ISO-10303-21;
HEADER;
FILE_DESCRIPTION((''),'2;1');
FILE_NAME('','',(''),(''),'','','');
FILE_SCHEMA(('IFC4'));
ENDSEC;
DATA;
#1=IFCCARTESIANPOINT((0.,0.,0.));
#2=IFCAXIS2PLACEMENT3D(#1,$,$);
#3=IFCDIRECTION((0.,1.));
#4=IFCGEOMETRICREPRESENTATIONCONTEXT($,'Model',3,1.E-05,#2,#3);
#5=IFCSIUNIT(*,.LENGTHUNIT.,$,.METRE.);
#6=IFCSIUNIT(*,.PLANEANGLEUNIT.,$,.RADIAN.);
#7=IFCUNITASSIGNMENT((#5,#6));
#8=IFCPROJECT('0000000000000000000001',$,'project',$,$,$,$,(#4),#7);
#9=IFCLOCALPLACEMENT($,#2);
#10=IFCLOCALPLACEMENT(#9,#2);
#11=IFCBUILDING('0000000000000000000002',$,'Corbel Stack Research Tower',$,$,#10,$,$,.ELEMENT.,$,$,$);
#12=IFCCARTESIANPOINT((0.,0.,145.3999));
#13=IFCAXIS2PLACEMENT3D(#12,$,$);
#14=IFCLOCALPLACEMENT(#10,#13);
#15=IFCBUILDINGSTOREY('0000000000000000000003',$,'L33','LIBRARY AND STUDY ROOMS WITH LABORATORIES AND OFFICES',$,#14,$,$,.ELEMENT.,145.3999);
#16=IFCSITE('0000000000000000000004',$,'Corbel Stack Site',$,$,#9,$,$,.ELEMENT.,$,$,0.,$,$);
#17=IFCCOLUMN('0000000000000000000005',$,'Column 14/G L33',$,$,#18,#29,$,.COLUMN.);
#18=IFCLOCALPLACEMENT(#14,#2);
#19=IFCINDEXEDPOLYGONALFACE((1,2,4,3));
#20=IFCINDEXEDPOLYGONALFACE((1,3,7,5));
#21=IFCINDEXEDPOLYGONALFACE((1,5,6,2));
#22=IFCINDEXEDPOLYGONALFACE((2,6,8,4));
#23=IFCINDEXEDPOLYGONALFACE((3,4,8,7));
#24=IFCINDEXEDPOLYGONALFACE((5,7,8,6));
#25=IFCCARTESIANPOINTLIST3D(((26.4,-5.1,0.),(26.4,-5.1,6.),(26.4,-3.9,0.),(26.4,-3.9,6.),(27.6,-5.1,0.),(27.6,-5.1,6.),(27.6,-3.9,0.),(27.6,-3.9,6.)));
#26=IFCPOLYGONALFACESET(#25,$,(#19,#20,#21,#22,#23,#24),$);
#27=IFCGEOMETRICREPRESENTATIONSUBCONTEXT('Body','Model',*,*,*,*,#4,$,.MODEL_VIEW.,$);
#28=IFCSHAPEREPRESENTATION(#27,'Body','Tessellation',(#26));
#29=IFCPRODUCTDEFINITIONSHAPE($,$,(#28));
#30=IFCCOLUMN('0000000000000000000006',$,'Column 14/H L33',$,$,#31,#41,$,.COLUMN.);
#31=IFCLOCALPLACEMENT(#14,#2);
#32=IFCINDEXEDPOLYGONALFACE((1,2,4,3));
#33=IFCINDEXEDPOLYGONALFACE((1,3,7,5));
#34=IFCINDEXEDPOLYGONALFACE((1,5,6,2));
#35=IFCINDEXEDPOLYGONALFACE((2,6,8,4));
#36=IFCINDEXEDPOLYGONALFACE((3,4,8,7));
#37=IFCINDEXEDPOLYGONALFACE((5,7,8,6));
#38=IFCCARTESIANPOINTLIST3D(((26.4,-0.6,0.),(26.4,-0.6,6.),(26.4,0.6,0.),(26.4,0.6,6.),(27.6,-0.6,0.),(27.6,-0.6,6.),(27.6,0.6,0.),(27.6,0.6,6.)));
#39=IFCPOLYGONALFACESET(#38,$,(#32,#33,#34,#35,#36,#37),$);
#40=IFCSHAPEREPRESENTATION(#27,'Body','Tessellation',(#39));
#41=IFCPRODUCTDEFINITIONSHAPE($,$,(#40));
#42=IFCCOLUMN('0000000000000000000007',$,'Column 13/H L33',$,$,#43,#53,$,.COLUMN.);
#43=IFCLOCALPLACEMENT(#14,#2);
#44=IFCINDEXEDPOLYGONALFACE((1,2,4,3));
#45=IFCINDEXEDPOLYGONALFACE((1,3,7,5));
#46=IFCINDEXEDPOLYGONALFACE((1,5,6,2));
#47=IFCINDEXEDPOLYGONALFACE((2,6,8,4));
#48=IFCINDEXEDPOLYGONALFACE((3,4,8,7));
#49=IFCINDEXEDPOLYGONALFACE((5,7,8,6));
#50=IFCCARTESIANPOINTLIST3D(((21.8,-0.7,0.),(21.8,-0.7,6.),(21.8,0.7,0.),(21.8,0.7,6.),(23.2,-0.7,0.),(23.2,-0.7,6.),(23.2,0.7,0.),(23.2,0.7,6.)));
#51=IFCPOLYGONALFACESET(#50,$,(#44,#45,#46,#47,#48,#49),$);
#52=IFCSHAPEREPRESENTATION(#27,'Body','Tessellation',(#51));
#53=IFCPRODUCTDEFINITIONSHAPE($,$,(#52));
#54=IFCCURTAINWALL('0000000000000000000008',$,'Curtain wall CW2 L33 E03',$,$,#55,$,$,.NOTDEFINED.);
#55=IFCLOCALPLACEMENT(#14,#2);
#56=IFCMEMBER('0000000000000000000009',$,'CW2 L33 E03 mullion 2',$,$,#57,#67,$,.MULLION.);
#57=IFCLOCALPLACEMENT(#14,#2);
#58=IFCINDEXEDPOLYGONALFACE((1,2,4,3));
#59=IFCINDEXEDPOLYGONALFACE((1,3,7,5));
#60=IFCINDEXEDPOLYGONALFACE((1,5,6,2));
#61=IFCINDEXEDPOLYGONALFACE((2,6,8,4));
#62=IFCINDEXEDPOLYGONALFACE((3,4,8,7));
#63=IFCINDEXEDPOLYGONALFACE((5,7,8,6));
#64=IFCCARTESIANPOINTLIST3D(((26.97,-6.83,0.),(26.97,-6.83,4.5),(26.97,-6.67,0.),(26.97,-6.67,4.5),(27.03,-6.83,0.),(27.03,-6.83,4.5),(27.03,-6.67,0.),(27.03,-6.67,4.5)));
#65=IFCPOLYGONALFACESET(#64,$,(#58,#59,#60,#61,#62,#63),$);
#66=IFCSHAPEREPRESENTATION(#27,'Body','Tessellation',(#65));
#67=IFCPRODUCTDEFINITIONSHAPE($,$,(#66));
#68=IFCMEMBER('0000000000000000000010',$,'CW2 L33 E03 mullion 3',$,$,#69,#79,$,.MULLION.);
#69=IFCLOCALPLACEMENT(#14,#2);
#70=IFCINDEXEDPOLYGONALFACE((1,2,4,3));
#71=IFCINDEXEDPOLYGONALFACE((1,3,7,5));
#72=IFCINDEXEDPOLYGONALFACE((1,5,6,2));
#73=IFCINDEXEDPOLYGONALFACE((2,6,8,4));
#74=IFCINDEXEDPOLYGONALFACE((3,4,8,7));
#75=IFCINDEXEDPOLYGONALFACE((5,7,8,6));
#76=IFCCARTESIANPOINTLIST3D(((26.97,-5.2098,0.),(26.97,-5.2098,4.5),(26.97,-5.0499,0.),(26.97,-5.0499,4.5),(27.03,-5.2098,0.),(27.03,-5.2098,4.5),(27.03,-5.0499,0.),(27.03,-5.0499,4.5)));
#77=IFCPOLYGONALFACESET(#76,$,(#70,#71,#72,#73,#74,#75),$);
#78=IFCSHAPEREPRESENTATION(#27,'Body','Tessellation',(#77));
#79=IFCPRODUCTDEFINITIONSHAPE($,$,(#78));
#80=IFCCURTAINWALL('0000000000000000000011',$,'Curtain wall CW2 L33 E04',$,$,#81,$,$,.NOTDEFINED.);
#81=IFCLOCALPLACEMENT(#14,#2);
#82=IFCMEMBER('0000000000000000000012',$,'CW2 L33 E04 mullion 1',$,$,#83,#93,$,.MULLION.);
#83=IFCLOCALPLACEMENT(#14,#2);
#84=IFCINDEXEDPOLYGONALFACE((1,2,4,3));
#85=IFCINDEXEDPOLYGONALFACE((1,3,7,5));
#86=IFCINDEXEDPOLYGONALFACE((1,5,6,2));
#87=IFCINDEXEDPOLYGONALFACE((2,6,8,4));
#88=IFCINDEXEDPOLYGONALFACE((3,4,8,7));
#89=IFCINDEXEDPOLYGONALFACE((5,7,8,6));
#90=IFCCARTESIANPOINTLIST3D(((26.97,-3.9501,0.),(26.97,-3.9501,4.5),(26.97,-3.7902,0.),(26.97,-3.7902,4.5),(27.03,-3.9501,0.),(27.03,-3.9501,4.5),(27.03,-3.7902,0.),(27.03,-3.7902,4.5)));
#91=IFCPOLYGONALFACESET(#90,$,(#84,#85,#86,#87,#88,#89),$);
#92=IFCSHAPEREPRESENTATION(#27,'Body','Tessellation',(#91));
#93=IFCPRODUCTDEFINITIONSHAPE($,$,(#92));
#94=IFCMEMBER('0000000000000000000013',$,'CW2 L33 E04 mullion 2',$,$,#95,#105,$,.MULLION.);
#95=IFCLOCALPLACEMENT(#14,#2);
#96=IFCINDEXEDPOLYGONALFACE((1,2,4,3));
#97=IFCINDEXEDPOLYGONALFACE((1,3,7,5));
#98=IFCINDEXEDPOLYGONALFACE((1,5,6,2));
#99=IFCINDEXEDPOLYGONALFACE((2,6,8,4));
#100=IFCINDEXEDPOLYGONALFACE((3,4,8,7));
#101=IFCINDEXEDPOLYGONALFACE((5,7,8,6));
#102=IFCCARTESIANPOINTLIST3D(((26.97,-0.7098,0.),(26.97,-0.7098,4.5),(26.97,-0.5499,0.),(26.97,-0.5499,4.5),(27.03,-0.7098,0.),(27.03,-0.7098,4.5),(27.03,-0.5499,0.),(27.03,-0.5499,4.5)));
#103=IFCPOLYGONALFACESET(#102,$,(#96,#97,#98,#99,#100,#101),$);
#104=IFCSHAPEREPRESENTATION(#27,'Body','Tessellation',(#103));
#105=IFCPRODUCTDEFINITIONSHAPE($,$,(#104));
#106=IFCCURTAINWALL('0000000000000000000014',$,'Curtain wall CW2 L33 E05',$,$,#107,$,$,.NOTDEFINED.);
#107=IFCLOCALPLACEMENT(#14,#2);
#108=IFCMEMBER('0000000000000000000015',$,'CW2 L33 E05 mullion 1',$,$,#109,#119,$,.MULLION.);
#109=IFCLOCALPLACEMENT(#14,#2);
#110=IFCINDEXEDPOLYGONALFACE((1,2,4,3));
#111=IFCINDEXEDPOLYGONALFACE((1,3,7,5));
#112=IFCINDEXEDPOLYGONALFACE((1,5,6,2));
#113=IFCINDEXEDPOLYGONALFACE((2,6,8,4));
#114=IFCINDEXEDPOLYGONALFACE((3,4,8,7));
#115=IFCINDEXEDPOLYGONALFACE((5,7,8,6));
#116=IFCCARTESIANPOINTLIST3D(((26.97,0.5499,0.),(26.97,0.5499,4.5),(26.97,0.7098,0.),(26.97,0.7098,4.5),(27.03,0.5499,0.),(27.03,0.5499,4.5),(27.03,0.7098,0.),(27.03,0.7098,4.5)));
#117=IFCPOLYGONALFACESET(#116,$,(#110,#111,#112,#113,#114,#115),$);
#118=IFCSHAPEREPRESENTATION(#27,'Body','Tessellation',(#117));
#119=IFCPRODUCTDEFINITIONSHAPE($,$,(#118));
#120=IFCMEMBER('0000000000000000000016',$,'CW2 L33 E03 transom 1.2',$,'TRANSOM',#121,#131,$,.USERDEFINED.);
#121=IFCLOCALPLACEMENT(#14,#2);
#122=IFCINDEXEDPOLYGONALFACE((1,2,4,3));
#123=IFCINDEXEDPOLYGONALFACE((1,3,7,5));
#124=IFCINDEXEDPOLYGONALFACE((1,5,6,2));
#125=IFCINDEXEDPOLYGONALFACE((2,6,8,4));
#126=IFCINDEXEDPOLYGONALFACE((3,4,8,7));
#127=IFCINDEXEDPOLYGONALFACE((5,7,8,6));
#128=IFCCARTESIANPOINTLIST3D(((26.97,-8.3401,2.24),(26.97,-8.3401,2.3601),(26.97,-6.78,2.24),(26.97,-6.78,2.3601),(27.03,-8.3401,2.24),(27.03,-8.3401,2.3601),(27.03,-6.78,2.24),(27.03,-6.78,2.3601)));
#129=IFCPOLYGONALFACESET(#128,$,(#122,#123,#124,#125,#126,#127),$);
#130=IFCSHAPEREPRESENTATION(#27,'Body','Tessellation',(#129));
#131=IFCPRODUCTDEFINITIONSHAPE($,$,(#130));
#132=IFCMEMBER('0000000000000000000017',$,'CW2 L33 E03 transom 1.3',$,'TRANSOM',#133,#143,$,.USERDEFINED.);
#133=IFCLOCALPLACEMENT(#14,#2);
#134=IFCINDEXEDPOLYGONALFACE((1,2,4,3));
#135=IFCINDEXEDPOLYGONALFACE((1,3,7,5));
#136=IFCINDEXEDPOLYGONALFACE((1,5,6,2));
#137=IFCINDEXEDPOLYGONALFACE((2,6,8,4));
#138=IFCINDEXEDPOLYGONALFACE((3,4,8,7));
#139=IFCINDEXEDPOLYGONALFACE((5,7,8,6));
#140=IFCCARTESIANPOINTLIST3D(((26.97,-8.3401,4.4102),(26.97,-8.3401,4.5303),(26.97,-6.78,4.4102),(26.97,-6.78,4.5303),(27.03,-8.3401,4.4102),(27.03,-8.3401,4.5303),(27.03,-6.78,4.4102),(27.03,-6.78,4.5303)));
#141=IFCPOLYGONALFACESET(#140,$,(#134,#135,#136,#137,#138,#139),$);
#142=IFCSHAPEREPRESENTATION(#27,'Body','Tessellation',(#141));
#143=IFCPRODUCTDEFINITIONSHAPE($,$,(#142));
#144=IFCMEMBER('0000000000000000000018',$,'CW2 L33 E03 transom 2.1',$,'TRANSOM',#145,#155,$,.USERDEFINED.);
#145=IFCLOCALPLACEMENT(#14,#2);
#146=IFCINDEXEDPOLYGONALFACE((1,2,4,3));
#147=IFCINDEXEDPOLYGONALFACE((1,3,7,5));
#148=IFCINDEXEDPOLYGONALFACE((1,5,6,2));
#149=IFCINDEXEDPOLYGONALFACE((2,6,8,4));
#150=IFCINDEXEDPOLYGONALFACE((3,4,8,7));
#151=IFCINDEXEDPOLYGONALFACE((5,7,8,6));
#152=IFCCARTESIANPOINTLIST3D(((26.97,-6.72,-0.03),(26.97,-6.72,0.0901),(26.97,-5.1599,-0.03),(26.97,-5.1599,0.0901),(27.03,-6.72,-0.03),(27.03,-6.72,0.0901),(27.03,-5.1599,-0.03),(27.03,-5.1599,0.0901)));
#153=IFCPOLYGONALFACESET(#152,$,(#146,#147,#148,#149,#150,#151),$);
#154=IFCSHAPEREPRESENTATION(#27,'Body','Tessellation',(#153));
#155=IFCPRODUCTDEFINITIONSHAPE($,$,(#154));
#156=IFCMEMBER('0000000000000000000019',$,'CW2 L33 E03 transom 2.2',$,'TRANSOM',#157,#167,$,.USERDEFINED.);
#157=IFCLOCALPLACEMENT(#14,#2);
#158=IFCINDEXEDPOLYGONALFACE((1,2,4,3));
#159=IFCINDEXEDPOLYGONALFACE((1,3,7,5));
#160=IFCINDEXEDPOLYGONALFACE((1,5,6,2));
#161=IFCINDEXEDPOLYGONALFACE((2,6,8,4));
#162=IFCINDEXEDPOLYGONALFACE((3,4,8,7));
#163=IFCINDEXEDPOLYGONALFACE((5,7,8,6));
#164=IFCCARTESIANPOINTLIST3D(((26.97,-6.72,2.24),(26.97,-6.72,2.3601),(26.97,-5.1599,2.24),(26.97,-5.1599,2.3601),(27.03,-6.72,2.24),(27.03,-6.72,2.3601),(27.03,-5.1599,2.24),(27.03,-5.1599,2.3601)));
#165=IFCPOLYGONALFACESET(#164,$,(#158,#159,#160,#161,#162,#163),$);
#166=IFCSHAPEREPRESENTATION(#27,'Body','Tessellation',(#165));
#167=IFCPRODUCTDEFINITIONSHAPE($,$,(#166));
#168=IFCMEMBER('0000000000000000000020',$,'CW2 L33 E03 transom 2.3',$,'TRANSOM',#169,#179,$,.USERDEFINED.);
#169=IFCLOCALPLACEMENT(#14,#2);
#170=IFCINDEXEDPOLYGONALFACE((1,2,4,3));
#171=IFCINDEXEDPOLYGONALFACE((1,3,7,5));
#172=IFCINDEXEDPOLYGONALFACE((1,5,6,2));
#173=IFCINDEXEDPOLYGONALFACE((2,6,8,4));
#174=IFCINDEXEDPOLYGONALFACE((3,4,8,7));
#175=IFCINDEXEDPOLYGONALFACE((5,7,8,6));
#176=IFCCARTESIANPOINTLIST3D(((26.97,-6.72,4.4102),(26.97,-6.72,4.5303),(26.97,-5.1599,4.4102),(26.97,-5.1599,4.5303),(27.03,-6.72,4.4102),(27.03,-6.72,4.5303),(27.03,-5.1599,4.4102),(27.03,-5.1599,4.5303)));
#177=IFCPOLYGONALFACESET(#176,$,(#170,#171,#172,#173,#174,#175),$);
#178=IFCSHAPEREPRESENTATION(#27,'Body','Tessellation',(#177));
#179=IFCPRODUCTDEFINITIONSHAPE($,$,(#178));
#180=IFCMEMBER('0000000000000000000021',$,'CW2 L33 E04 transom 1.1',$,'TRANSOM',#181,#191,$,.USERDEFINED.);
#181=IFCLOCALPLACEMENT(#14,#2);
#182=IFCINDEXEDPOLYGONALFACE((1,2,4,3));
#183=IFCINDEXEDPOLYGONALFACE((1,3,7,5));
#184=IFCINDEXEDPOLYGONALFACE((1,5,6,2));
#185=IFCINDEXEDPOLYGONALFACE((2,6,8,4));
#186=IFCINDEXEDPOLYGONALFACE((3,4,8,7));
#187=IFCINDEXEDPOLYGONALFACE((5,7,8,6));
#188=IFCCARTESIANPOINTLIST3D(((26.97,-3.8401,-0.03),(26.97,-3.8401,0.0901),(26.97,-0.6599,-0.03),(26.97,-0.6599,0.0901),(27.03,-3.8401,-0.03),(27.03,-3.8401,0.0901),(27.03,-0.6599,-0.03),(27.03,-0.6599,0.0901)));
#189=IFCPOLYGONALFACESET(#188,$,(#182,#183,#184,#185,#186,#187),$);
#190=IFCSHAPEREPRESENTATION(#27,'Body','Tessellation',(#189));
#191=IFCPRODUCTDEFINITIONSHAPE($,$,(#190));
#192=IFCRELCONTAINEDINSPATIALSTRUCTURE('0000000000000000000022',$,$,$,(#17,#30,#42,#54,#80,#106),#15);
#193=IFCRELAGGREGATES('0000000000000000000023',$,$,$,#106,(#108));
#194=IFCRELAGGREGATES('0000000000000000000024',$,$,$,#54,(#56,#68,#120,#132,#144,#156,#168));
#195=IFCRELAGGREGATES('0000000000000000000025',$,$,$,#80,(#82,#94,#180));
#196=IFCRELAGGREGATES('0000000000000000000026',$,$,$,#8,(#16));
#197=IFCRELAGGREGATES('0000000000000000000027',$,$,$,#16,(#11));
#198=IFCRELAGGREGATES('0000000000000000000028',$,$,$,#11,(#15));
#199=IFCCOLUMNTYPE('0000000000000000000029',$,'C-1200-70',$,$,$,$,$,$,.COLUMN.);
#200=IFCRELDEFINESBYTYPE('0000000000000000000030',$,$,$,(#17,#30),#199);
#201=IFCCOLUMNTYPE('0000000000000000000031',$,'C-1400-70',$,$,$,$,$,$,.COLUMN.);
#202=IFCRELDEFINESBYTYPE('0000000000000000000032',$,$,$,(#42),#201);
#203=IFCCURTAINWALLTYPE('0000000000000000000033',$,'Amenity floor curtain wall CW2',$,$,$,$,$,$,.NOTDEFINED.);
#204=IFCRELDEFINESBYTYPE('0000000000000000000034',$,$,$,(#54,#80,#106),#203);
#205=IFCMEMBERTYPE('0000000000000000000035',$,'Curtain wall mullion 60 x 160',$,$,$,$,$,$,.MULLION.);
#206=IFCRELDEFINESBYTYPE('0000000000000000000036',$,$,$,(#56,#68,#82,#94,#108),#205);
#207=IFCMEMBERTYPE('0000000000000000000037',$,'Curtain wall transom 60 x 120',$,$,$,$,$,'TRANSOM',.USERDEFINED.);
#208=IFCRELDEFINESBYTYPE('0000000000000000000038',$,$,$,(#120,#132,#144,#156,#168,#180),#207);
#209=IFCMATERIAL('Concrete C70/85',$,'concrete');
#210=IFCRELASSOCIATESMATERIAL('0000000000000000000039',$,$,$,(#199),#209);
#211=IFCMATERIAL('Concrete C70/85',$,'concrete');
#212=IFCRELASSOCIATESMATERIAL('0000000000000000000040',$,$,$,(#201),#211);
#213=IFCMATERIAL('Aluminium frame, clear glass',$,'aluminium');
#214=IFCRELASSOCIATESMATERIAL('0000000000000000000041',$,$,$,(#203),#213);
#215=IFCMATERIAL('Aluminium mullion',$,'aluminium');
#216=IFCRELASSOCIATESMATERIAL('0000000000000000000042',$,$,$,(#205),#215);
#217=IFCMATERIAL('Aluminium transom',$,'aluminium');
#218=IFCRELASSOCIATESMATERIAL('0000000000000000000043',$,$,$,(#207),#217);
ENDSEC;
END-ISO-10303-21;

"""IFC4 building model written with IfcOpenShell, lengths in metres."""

from ifc_helpers import new_model, si_unit, direction, frame, origin, origin_2d, place, context, subcontext, project, spatial, rectangle, extrude, material, material_profile, profile_set, type_object, element, aggregate, save


model = new_model("IFC4")

# Units and contexts
model_context = context("Model", 3, precision=1e-05, world=origin(), true_north=direction((0.0, 1.0)))
body_context = subcontext(model_context, "Body", "Model", "MODEL_VIEW")
ifc_project = project(units=[si_unit("LENGTHUNIT", "METRE"), si_unit("PLANEANGLEUNIT", "RADIAN")], contexts=[model_context])

# Site, building, storey
site_placement = place(None, origin())
site = spatial("IfcSite", under=ifc_project, at=site_placement, Name="Corbel Stack Site", CompositionType="ELEMENT", RefElevation=0.0)
building_placement = place(site_placement, origin())
building = spatial("IfcBuilding", under=site, at=building_placement, Name="Corbel Stack Research Tower", CompositionType="ELEMENT")
storey_placement = place(building_placement, frame((0.0, 0.0, 145.3999)))
storey = spatial("IfcBuildingStorey", under=building, at=storey_placement, Name="L33", Description="LIBRARY AND STUDY ROOMS WITH LABORATORIES AND OFFICES", CompositionType="ELEMENT", Elevation=145.3999)

# Columns
ifc_material_1 = material(Name="Concrete C70/85", Category="concrete")
ifc_material_profile_1 = material_profile(ifc_material_1, rectangle(XDim=1.2, YDim=1.2, at=origin_2d()), Name="RC 1200 x 1200")
ifc_profile_set_1 = profile_set([ifc_material_profile_1], Name="Concrete C70/85")
column_type_1 = type_object("IfcColumnType", Name="C-1200-70", PredefinedType="COLUMN", material=ifc_profile_set_1)
for number, where, z_axis, x_axis, name in (
    (1, (27.0, -4.5, 0.0), (0.0, 0.0, 1.0), (1.0, 0.0, 0.0), "Column 14/G L33"),
    (2, (27.0, 0.0, 0.0), (0.0, 0.0, 1.0), (1.0, 0.0, 0.0), "Column 14/H L33"),
):
    element("IfcColumn", number, at=place(storey_placement, frame(where, z_axis=z_axis, x_axis=x_axis)), inside=storey, type_object=column_type_1, Name=name, PredefinedType="COLUMN", context=body_context, shape_type="SweptSolid", body=[
        extrude(rectangle(XDim=1.2, YDim=1.2, at=origin_2d()), origin(), (0.0, 0.0, 1.0), 6.0),
    ])
ifc_material_2 = material(Name="Concrete C70/85", Category="concrete")
ifc_material_profile_2 = material_profile(ifc_material_2, rectangle(XDim=1.3999, YDim=1.3999, at=origin_2d()), Name="RC 1400 x 1400")
ifc_profile_set_2 = profile_set([ifc_material_profile_2], Name="Concrete C70/85")
column_type_2 = type_object("IfcColumnType", Name="C-1400-70", PredefinedType="COLUMN", material=ifc_profile_set_2)
column_placement = place(storey_placement, frame((22.5, 0.0, 0.0), z_axis=(0.0, 0.0, 1.0), x_axis=(1.0, 0.0, 0.0)))
element("IfcColumn", 3, at=column_placement, inside=storey, type_object=column_type_2, Name="Column 13/H L33", PredefinedType="COLUMN", context=body_context, shape_type="SweptSolid", body=[
    extrude(rectangle(XDim=1.3999, YDim=1.3999, at=origin_2d()), origin(), (0.0, 0.0, 1.0), 6.0),
])

# Curtain walls, members
ifc_material_3 = material(Name="Aluminium frame, clear glass", Category="aluminium")
curtain_wall_type = type_object("IfcCurtainWallType", Name="Amenity floor curtain wall CW2", PredefinedType="NOTDEFINED", material=ifc_material_3)
curtain_wall_1_placement = place(storey_placement, origin())
curtain_wall_1 = element("IfcCurtainWall", 4, at=curtain_wall_1_placement, inside=storey, type_object=curtain_wall_type, Name="Curtain wall CW2 L33 E03", PredefinedType="NOTDEFINED")
ifc_material_4 = material(Name="Aluminium mullion", Category="aluminium")
ifc_material_profile_3 = material_profile(ifc_material_4, rectangle(XDim=0.0601, YDim=0.1599, at=origin_2d()), Name="Mullion 60 x 160")
ifc_profile_set_3 = profile_set([ifc_material_profile_3], Name="Aluminium mullion")
member_type_1 = type_object("IfcMemberType", Name="Curtain wall mullion 60 x 160", PredefinedType="MULLION", material=ifc_profile_set_3)
member_1_placement = place(storey_placement, frame((27.0, -6.75, 0.0), z_axis=(0.0, 0.0, 1.0), x_axis=(-1.0, 0.0, 0.0)))
member_1 = element("IfcMember", 5, at=member_1_placement, type_object=member_type_1, Name="CW2 L33 E03 mullion 2", PredefinedType="MULLION", context=body_context, shape_type="SweptSolid", body=[
    extrude(rectangle(XDim=0.0601, YDim=0.1599, at=origin_2d()), origin(), (0.0, 0.0, 1.0), 4.5),
])
member_2_placement = place(storey_placement, frame((27.0, -5.1299, 0.0), z_axis=(0.0, 0.0, 1.0), x_axis=(-1.0, 0.0, 0.0)))
member_2 = element("IfcMember", 6, at=member_2_placement, type_object=member_type_1, Name="CW2 L33 E03 mullion 3", PredefinedType="MULLION", context=body_context, shape_type="SweptSolid", body=[
    extrude(rectangle(XDim=0.0601, YDim=0.1599, at=origin_2d()), origin(), (0.0, 0.0, 1.0), 4.5),
])
curtain_wall_2_placement = place(storey_placement, origin())
curtain_wall_2 = element("IfcCurtainWall", 7, at=curtain_wall_2_placement, inside=storey, type_object=curtain_wall_type, Name="Curtain wall CW2 L33 E04", PredefinedType="NOTDEFINED")
member_3_placement = place(storey_placement, frame((27.0, -3.8701, 0.0), z_axis=(0.0, 0.0, 1.0), x_axis=(-1.0, 0.0, 0.0)))
member_3 = element("IfcMember", 8, at=member_3_placement, type_object=member_type_1, Name="CW2 L33 E04 mullion 1", PredefinedType="MULLION", context=body_context, shape_type="SweptSolid", body=[
    extrude(rectangle(XDim=0.0601, YDim=0.1599, at=origin_2d()), origin(), (0.0, 0.0, 1.0), 4.5),
])
member_4_placement = place(storey_placement, frame((27.0, -0.6299, 0.0), z_axis=(0.0, 0.0, 1.0), x_axis=(-1.0, 0.0, 0.0)))
member_4 = element("IfcMember", 9, at=member_4_placement, type_object=member_type_1, Name="CW2 L33 E04 mullion 2", PredefinedType="MULLION", context=body_context, shape_type="SweptSolid", body=[
    extrude(rectangle(XDim=0.0601, YDim=0.1599, at=origin_2d()), origin(), (0.0, 0.0, 1.0), 4.5),
])

# Curtain wall, member
curtain_wall_3_placement = place(storey_placement, origin())
curtain_wall_3 = element("IfcCurtainWall", 10, at=curtain_wall_3_placement, inside=storey, type_object=curtain_wall_type, Name="Curtain wall CW2 L33 E05", PredefinedType="NOTDEFINED")
member_5_placement = place(storey_placement, frame((27.0, 0.6299, 0.0), z_axis=(0.0, 0.0, 1.0), x_axis=(-1.0, 0.0, 0.0)))
member_5 = element("IfcMember", 11, at=member_5_placement, type_object=member_type_1, Name="CW2 L33 E05 mullion 1", PredefinedType="MULLION", context=body_context, shape_type="SweptSolid", body=[
    extrude(rectangle(XDim=0.0601, YDim=0.1599, at=origin_2d()), origin(), (0.0, 0.0, 1.0), 4.5),
])

# Members
ifc_material_5 = material(Name="Aluminium transom", Category="aluminium")
ifc_material_profile_4 = material_profile(ifc_material_5, rectangle(XDim=0.0601, YDim=0.1201, at=origin_2d()), Name="Transom 60 x 120")
ifc_profile_set_4 = profile_set([ifc_material_profile_4], Name="Aluminium transom")
member_type_2 = type_object("IfcMemberType", Name="Curtain wall transom 60 x 120", ElementType="TRANSOM", PredefinedType="USERDEFINED", material=ifc_profile_set_4)
member_6_placement = place(storey_placement, frame((27.0, -8.3401, 2.3), z_axis=(0.0, 1.0, 0.0), x_axis=(-1.0, 0.0, 0.0)))
member_6 = element("IfcMember", 12, at=member_6_placement, type_object=member_type_2, Name="CW2 L33 E03 transom 1.2", ObjectType="TRANSOM", PredefinedType="USERDEFINED", context=body_context, shape_type="SweptSolid", body=[
    extrude(rectangle(XDim=0.0601, YDim=0.1201, at=origin_2d()), origin(), (0.0, 0.0, 1.0), 1.5601),
])
member_7_placement = place(storey_placement, frame((27.0, -8.3401, 4.4702), z_axis=(0.0, 1.0, 0.0), x_axis=(-1.0, 0.0, 0.0)))
member_7 = element("IfcMember", 13, at=member_7_placement, type_object=member_type_2, Name="CW2 L33 E03 transom 1.3", ObjectType="TRANSOM", PredefinedType="USERDEFINED", context=body_context, shape_type="SweptSolid", body=[
    extrude(rectangle(XDim=0.0601, YDim=0.1201, at=origin_2d()), origin(), (0.0, 0.0, 1.0), 1.5601),
])
member_8_placement = place(storey_placement, frame((27.0, -6.72, 0.03), z_axis=(0.0, 1.0, 0.0), x_axis=(-1.0, 0.0, 0.0)))
member_8 = element("IfcMember", 14, at=member_8_placement, type_object=member_type_2, Name="CW2 L33 E03 transom 2.1", ObjectType="TRANSOM", PredefinedType="USERDEFINED", context=body_context, shape_type="SweptSolid", body=[
    extrude(rectangle(XDim=0.0601, YDim=0.1201, at=origin_2d()), origin(), (0.0, 0.0, 1.0), 1.5601),
])
member_9_placement = place(storey_placement, frame((27.0, -6.72, 2.3), z_axis=(0.0, 1.0, 0.0), x_axis=(-1.0, 0.0, 0.0)))
member_9 = element("IfcMember", 15, at=member_9_placement, type_object=member_type_2, Name="CW2 L33 E03 transom 2.2", ObjectType="TRANSOM", PredefinedType="USERDEFINED", context=body_context, shape_type="SweptSolid", body=[
    extrude(rectangle(XDim=0.0601, YDim=0.1201, at=origin_2d()), origin(), (0.0, 0.0, 1.0), 1.5601),
])
member_10_placement = place(storey_placement, frame((27.0, -6.72, 4.4702), z_axis=(0.0, 1.0, 0.0), x_axis=(-1.0, 0.0, 0.0)))
member_10 = element("IfcMember", 16, at=member_10_placement, type_object=member_type_2, Name="CW2 L33 E03 transom 2.3", ObjectType="TRANSOM", PredefinedType="USERDEFINED", context=body_context, shape_type="SweptSolid", body=[
    extrude(rectangle(XDim=0.0601, YDim=0.1201, at=origin_2d()), origin(), (0.0, 0.0, 1.0), 1.5601),
])
member_11_placement = place(storey_placement, frame((27.0, -3.8401, 0.03), z_axis=(0.0, 1.0, 0.0), x_axis=(-1.0, 0.0, 0.0)))
member_11 = element("IfcMember", 17, at=member_11_placement, type_object=member_type_2, Name="CW2 L33 E04 transom 1.1", ObjectType="TRANSOM", PredefinedType="USERDEFINED", context=body_context, shape_type="SweptSolid", body=[
    extrude(rectangle(XDim=0.0601, YDim=0.1201, at=origin_2d()), origin(), (0.0, 0.0, 1.0), 3.1802),
])
aggregate(curtain_wall_3, [member_5])

aggregate(curtain_wall_1, [member_1, member_2, member_6, member_7, member_8, member_9, member_10])
aggregate(curtain_wall_2, [member_3, member_4, member_11])

save(model, "model.ifc")
